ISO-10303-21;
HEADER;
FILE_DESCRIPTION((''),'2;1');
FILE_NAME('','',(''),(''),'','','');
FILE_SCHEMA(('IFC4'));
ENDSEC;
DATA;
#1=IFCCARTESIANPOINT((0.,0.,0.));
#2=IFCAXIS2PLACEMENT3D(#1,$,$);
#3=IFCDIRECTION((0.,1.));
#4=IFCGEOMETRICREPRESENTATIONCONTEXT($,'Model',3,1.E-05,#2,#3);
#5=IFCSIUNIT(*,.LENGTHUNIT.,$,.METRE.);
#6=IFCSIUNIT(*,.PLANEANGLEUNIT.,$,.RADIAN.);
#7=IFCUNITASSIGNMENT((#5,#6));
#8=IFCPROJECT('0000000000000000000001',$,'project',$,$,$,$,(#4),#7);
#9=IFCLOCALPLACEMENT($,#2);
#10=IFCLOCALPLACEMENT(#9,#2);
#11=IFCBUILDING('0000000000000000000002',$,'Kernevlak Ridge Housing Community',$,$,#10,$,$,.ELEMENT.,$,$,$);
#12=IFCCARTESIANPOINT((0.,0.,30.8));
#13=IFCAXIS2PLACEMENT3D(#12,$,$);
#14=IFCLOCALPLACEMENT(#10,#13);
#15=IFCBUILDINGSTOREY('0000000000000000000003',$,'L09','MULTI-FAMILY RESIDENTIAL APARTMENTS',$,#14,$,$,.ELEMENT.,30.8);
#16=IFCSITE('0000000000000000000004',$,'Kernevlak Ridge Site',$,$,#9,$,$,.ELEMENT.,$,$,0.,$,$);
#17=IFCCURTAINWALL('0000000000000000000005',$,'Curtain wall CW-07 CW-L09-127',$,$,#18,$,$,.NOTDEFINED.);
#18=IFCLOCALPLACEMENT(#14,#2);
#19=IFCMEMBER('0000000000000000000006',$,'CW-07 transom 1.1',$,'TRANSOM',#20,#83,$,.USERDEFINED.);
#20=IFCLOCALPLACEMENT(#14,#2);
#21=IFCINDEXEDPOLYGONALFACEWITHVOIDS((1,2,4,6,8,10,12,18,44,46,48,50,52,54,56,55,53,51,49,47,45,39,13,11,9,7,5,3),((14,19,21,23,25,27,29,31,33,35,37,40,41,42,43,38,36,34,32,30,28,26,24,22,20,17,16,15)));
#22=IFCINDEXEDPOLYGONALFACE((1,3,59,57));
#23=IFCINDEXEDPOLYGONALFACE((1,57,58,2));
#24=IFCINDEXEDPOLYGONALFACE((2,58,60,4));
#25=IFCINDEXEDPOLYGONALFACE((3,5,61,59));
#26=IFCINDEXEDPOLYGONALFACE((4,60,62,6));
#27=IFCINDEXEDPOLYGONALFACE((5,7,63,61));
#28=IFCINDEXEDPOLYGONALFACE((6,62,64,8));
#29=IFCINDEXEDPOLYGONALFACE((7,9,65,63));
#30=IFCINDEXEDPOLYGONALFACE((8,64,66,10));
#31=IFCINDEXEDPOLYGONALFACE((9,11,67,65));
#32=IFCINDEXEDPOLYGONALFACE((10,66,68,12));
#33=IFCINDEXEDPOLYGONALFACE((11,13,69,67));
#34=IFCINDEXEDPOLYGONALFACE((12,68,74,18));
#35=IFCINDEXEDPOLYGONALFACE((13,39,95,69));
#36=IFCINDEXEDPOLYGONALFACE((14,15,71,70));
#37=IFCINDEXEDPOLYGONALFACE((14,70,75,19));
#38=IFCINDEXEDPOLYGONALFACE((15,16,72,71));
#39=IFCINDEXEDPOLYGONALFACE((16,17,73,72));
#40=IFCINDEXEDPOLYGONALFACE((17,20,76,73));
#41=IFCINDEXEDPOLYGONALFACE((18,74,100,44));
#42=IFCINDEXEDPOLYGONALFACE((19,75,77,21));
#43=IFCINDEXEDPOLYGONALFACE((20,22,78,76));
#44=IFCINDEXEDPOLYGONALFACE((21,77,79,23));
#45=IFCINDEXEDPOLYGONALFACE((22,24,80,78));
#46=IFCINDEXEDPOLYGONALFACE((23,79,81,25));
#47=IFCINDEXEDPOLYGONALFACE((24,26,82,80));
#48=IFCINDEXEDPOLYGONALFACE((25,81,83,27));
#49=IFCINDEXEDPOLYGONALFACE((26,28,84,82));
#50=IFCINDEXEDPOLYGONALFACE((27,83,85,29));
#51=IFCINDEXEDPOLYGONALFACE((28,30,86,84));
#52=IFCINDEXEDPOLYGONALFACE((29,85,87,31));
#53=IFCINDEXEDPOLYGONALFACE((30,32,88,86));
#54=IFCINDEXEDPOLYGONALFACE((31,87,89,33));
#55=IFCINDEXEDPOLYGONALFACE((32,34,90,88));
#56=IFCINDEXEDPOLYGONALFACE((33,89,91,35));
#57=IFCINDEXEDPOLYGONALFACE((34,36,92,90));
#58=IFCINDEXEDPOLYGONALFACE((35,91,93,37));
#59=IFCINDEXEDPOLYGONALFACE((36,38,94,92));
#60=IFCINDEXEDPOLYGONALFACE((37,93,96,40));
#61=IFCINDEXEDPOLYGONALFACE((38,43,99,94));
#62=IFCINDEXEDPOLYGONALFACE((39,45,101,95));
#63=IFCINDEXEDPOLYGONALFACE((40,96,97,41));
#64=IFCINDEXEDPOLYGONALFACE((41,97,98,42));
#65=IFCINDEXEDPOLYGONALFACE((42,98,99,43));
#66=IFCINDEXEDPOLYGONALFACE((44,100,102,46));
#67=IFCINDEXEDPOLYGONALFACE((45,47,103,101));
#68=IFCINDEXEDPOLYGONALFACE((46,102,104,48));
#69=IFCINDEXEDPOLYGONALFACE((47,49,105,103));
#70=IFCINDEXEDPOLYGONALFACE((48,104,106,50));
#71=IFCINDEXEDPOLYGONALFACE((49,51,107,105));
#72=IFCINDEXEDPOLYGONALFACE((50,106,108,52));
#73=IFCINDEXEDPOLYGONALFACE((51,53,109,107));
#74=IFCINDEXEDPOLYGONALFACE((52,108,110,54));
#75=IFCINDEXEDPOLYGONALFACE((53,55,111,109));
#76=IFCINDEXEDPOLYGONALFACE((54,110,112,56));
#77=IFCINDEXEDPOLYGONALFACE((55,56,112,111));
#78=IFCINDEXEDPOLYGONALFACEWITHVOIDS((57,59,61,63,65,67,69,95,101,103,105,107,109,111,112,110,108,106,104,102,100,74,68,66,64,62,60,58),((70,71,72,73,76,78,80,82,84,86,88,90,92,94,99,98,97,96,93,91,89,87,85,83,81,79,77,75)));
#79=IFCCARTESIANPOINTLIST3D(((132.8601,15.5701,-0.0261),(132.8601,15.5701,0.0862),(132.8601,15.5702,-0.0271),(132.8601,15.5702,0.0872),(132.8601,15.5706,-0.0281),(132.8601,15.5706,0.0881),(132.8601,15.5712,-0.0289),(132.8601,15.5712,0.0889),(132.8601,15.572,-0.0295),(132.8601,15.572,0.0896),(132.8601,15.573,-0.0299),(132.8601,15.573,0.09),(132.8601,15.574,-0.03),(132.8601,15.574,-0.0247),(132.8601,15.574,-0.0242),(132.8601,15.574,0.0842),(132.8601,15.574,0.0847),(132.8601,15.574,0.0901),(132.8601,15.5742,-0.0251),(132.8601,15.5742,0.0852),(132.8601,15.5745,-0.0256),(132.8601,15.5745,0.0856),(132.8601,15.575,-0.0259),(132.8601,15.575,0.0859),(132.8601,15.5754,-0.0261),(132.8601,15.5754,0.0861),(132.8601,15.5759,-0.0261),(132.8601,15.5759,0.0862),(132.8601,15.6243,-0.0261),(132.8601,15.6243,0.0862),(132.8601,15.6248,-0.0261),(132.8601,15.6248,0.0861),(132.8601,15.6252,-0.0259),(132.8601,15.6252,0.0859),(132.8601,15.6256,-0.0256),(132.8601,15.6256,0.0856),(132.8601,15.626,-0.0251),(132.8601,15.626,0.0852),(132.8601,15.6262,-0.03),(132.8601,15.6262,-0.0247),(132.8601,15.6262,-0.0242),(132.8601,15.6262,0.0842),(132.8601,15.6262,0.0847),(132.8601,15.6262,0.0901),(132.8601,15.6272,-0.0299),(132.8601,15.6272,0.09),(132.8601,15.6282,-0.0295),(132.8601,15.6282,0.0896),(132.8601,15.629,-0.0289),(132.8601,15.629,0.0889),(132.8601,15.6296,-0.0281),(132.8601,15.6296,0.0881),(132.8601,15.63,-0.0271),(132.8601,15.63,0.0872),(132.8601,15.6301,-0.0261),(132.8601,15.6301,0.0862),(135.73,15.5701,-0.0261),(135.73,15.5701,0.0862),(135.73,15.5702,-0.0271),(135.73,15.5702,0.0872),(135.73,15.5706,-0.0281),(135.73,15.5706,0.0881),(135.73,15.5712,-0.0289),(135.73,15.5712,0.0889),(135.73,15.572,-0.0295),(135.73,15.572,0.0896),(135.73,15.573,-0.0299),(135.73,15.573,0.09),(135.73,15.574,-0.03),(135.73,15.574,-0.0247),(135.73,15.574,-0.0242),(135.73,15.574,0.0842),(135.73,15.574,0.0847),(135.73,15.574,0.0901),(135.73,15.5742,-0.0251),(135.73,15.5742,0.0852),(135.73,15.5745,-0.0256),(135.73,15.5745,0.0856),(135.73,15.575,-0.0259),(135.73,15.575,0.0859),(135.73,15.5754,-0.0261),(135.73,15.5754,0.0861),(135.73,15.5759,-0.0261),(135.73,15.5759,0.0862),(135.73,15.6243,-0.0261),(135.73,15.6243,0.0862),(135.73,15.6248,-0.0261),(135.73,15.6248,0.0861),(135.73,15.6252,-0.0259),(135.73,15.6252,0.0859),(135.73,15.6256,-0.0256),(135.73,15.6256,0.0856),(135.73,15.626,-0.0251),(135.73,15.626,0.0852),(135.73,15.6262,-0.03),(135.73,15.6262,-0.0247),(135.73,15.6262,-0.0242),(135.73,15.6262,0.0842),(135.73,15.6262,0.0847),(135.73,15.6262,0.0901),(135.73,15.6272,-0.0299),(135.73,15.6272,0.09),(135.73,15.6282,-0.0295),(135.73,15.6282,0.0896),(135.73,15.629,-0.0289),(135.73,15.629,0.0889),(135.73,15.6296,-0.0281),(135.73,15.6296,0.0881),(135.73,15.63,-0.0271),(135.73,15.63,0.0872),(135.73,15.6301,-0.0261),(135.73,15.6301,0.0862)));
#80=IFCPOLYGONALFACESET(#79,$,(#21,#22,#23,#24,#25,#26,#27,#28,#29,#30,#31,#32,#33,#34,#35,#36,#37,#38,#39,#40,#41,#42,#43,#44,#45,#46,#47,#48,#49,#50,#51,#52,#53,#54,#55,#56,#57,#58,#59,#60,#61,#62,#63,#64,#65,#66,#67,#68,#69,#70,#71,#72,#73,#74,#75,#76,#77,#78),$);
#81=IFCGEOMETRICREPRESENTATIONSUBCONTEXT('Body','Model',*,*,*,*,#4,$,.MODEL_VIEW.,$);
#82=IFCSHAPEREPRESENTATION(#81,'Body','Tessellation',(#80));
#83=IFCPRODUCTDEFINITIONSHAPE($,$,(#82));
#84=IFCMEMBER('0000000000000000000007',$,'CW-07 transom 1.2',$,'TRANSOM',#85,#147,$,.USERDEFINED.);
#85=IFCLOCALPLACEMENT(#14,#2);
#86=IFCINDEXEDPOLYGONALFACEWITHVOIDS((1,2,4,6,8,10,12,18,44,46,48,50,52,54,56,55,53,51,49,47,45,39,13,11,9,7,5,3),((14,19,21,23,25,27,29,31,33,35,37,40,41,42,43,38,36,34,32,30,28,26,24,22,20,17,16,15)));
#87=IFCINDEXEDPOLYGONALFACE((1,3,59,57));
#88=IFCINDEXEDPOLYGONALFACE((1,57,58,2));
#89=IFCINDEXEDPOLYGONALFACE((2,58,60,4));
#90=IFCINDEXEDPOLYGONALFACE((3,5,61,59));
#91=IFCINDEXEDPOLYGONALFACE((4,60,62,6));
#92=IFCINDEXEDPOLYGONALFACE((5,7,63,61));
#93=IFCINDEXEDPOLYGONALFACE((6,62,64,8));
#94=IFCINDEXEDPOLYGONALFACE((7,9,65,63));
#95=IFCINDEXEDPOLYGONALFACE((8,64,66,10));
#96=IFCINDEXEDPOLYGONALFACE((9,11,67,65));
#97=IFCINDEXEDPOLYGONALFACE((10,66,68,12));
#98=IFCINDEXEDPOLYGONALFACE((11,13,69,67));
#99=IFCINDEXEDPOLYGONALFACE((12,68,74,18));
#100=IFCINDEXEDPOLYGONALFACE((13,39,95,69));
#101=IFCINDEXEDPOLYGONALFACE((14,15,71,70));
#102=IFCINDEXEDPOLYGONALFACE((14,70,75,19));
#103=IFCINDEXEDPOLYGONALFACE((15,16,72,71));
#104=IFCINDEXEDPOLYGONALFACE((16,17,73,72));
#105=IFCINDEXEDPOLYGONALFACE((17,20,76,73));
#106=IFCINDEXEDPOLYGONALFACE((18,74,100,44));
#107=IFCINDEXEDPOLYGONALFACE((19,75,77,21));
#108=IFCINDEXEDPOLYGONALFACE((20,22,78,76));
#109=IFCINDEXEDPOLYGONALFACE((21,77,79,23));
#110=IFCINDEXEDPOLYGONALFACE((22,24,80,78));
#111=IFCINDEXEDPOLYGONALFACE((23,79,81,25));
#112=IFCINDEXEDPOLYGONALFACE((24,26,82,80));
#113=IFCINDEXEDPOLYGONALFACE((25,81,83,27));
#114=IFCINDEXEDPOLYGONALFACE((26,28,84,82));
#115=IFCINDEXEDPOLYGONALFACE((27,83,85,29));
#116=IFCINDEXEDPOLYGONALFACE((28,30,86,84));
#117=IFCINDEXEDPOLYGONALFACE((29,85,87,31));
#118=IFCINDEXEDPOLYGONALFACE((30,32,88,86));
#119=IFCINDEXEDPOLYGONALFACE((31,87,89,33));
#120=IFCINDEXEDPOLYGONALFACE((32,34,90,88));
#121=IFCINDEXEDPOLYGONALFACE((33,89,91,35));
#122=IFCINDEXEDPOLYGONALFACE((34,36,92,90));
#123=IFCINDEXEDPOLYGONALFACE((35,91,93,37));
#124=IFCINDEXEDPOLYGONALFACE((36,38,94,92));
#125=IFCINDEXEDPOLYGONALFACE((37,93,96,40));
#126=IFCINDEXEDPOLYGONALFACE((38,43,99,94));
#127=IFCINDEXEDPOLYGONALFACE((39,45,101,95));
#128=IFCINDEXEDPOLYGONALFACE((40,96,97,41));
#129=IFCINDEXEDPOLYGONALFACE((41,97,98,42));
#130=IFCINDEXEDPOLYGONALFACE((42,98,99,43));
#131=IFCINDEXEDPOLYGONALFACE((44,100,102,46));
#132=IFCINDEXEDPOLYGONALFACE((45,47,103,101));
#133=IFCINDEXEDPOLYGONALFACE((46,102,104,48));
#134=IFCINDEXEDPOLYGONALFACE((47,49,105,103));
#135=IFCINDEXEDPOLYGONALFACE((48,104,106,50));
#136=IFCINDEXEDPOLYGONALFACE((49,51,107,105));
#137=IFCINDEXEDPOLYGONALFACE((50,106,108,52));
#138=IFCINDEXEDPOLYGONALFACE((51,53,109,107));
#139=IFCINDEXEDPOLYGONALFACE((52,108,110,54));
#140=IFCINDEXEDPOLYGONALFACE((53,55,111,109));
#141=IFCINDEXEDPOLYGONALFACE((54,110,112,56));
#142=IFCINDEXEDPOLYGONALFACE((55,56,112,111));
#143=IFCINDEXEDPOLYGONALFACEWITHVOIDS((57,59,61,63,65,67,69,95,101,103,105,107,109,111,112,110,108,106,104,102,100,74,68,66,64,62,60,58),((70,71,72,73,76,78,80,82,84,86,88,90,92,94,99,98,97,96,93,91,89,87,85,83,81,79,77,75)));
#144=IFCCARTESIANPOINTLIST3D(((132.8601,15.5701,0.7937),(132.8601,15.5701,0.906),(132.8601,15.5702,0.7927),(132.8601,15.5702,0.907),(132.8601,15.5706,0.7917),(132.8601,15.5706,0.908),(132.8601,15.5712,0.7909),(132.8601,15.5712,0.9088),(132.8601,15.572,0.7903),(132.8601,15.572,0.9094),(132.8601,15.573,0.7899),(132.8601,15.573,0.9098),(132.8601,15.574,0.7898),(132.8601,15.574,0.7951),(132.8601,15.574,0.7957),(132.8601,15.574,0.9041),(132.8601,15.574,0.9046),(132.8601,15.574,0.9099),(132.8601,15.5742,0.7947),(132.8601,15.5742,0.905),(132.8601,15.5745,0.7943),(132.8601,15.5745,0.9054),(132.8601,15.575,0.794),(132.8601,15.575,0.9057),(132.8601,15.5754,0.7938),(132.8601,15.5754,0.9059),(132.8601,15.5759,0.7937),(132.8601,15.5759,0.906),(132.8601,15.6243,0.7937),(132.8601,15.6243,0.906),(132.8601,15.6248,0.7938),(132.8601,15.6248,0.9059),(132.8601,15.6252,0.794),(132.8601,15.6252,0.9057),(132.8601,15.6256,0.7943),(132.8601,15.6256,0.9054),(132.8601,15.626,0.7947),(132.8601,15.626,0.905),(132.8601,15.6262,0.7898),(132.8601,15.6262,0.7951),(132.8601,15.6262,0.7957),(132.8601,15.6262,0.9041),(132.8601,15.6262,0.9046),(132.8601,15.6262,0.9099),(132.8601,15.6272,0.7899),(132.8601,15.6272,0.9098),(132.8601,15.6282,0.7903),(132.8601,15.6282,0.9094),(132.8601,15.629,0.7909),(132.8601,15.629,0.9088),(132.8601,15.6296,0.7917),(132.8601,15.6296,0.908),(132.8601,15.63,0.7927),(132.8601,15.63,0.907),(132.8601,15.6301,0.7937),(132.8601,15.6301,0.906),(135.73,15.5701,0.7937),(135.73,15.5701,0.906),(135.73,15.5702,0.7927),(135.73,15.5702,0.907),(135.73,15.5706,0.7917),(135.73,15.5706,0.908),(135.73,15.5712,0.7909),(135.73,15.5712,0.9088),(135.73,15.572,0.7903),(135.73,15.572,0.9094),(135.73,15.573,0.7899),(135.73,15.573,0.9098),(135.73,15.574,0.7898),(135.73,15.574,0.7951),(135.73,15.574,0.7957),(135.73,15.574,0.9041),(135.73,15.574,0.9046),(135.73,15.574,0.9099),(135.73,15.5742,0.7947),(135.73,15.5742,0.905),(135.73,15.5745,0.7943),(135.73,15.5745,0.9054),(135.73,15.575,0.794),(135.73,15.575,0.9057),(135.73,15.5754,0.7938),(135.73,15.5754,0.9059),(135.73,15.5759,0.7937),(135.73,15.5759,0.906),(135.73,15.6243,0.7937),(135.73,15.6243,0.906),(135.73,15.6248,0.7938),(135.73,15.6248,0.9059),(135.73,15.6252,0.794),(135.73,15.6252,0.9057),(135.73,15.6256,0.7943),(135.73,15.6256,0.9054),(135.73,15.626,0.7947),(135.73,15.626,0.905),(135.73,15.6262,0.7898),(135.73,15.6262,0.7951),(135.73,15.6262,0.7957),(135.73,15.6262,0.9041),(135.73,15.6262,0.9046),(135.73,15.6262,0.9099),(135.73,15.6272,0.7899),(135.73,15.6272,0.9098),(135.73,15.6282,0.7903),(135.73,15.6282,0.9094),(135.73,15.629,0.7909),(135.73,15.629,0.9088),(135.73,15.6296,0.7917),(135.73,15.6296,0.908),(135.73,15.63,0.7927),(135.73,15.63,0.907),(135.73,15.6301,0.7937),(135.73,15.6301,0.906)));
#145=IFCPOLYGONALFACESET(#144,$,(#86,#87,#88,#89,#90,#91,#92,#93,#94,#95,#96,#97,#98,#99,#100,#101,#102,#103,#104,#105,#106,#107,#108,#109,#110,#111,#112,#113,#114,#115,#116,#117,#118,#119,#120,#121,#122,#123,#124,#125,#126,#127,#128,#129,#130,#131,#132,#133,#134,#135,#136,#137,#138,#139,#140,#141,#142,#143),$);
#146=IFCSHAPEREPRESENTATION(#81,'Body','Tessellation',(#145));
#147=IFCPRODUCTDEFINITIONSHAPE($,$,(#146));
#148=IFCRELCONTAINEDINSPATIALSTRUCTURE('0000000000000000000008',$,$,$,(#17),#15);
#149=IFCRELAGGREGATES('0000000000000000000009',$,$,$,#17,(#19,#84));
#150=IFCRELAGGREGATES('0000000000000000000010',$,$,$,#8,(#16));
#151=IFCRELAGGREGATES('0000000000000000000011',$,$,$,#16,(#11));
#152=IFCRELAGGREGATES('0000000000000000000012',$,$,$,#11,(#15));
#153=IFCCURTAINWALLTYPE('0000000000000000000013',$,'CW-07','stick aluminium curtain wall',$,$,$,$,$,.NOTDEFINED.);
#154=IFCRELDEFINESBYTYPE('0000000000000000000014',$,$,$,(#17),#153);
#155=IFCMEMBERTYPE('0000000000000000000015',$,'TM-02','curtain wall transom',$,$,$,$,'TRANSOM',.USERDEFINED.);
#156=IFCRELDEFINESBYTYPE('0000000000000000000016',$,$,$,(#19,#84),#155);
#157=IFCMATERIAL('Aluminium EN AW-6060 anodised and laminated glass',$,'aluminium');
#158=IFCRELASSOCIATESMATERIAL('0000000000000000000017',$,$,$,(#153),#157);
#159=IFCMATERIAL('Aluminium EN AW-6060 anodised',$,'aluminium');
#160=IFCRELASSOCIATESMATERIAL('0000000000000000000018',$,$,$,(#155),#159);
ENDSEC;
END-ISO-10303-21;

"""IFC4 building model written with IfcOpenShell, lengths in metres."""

from ifc_helpers import new_model, si_unit, direction, frame, origin, origin_2d, place, context, subcontext, project, spatial, hollow_rectangle, extrude, material, material_profile, profile_set, type_object, element, aggregate, save


model = new_model("IFC4")

# Units and contexts
model_context = context("Model", 3, precision=1e-05, world=origin(), true_north=direction((0.0, 1.0)))
body_context = subcontext(model_context, "Body", "Model", "MODEL_VIEW")
ifc_project = project(units=[si_unit("LENGTHUNIT", "METRE"), si_unit("PLANEANGLEUNIT", "RADIAN")], contexts=[model_context])

# Site, building, storey
site_placement = place(None, origin())
site = spatial("IfcSite", under=ifc_project, at=site_placement, Name="Kernevlak Ridge Site", CompositionType="ELEMENT", RefElevation=0.0)
building_placement = place(site_placement, origin())
building = spatial("IfcBuilding", under=site, at=building_placement, Name="Kernevlak Ridge Housing Community", CompositionType="ELEMENT")
storey_placement = place(building_placement, frame((0.0, 0.0, 30.8)))
storey = spatial("IfcBuildingStorey", under=building, at=storey_placement, Name="L09", Description="MULTI-FAMILY RESIDENTIAL APARTMENTS", CompositionType="ELEMENT", Elevation=30.8)

# Curtain wall
ifc_material_1 = material(Name="Aluminium EN AW-6060 anodised and laminated glass", Category="aluminium")
curtain_wall_type = type_object("IfcCurtainWallType", Name="CW-07", Description="stick aluminium curtain wall", PredefinedType="NOTDEFINED", material=ifc_material_1)
curtain_wall_placement = place(storey_placement, origin())
curtain_wall = element("IfcCurtainWall", 1, at=curtain_wall_placement, inside=storey, type_object=curtain_wall_type, Name="Curtain wall CW-07 CW-L09-127", PredefinedType="NOTDEFINED")
ifc_material_2 = material(Name="Aluminium EN AW-6060 anodised", Category="aluminium")

# Members
ifc_material_profile_1 = material_profile(ifc_material_2, hollow_rectangle(XDim=0.0601, YDim=0.1201, WallThickness=0.0039, InnerFilletRadius=0.002, OuterFilletRadius=0.0039, at=origin_2d()), Name="ALU 60x120x4")
ifc_profile_set_1 = profile_set([ifc_material_profile_1], Name="Aluminium EN AW-6060 anodised")
member_type_1 = type_object("IfcMemberType", Name="TM-02", Description="curtain wall transom", ElementType="TRANSOM", PredefinedType="USERDEFINED", material=ifc_profile_set_1)
member_1_placement = place(storey_placement, frame((132.8601, 15.6001, 0.03), z_axis=(1.0, 0.0, 0.0), x_axis=(0.0, 1.0, 0.0)))
member_1 = element("IfcMember", 2, at=member_1_placement, type_object=member_type_1, Name="CW-07 transom 1.1", ObjectType="TRANSOM", PredefinedType="USERDEFINED", context=body_context, shape_type="SweptSolid", body=[
    extrude(hollow_rectangle(XDim=0.0601, YDim=0.1201, WallThickness=0.0039, InnerFilletRadius=0.002, OuterFilletRadius=0.0039, at=origin_2d()), origin(), (0.0, 0.0, 1.0), 2.8699),
])
member_2_placement = place(storey_placement, frame((132.8601, 15.6001, 0.8499), z_axis=(1.0, 0.0, 0.0), x_axis=(0.0, 1.0, 0.0)))
member_2 = element("IfcMember", 3, at=member_2_placement, type_object=member_type_1, Name="CW-07 transom 1.2", ObjectType="TRANSOM", PredefinedType="USERDEFINED", context=body_context, shape_type="SweptSolid", body=[
    extrude(hollow_rectangle(XDim=0.0601, YDim=0.1201, WallThickness=0.0039, InnerFilletRadius=0.002, OuterFilletRadius=0.0039, at=origin_2d()), origin(), (0.0, 0.0, 1.0), 2.8699),
])

aggregate(curtain_wall, [member_1, member_2])

save(model, "model.ifc")
